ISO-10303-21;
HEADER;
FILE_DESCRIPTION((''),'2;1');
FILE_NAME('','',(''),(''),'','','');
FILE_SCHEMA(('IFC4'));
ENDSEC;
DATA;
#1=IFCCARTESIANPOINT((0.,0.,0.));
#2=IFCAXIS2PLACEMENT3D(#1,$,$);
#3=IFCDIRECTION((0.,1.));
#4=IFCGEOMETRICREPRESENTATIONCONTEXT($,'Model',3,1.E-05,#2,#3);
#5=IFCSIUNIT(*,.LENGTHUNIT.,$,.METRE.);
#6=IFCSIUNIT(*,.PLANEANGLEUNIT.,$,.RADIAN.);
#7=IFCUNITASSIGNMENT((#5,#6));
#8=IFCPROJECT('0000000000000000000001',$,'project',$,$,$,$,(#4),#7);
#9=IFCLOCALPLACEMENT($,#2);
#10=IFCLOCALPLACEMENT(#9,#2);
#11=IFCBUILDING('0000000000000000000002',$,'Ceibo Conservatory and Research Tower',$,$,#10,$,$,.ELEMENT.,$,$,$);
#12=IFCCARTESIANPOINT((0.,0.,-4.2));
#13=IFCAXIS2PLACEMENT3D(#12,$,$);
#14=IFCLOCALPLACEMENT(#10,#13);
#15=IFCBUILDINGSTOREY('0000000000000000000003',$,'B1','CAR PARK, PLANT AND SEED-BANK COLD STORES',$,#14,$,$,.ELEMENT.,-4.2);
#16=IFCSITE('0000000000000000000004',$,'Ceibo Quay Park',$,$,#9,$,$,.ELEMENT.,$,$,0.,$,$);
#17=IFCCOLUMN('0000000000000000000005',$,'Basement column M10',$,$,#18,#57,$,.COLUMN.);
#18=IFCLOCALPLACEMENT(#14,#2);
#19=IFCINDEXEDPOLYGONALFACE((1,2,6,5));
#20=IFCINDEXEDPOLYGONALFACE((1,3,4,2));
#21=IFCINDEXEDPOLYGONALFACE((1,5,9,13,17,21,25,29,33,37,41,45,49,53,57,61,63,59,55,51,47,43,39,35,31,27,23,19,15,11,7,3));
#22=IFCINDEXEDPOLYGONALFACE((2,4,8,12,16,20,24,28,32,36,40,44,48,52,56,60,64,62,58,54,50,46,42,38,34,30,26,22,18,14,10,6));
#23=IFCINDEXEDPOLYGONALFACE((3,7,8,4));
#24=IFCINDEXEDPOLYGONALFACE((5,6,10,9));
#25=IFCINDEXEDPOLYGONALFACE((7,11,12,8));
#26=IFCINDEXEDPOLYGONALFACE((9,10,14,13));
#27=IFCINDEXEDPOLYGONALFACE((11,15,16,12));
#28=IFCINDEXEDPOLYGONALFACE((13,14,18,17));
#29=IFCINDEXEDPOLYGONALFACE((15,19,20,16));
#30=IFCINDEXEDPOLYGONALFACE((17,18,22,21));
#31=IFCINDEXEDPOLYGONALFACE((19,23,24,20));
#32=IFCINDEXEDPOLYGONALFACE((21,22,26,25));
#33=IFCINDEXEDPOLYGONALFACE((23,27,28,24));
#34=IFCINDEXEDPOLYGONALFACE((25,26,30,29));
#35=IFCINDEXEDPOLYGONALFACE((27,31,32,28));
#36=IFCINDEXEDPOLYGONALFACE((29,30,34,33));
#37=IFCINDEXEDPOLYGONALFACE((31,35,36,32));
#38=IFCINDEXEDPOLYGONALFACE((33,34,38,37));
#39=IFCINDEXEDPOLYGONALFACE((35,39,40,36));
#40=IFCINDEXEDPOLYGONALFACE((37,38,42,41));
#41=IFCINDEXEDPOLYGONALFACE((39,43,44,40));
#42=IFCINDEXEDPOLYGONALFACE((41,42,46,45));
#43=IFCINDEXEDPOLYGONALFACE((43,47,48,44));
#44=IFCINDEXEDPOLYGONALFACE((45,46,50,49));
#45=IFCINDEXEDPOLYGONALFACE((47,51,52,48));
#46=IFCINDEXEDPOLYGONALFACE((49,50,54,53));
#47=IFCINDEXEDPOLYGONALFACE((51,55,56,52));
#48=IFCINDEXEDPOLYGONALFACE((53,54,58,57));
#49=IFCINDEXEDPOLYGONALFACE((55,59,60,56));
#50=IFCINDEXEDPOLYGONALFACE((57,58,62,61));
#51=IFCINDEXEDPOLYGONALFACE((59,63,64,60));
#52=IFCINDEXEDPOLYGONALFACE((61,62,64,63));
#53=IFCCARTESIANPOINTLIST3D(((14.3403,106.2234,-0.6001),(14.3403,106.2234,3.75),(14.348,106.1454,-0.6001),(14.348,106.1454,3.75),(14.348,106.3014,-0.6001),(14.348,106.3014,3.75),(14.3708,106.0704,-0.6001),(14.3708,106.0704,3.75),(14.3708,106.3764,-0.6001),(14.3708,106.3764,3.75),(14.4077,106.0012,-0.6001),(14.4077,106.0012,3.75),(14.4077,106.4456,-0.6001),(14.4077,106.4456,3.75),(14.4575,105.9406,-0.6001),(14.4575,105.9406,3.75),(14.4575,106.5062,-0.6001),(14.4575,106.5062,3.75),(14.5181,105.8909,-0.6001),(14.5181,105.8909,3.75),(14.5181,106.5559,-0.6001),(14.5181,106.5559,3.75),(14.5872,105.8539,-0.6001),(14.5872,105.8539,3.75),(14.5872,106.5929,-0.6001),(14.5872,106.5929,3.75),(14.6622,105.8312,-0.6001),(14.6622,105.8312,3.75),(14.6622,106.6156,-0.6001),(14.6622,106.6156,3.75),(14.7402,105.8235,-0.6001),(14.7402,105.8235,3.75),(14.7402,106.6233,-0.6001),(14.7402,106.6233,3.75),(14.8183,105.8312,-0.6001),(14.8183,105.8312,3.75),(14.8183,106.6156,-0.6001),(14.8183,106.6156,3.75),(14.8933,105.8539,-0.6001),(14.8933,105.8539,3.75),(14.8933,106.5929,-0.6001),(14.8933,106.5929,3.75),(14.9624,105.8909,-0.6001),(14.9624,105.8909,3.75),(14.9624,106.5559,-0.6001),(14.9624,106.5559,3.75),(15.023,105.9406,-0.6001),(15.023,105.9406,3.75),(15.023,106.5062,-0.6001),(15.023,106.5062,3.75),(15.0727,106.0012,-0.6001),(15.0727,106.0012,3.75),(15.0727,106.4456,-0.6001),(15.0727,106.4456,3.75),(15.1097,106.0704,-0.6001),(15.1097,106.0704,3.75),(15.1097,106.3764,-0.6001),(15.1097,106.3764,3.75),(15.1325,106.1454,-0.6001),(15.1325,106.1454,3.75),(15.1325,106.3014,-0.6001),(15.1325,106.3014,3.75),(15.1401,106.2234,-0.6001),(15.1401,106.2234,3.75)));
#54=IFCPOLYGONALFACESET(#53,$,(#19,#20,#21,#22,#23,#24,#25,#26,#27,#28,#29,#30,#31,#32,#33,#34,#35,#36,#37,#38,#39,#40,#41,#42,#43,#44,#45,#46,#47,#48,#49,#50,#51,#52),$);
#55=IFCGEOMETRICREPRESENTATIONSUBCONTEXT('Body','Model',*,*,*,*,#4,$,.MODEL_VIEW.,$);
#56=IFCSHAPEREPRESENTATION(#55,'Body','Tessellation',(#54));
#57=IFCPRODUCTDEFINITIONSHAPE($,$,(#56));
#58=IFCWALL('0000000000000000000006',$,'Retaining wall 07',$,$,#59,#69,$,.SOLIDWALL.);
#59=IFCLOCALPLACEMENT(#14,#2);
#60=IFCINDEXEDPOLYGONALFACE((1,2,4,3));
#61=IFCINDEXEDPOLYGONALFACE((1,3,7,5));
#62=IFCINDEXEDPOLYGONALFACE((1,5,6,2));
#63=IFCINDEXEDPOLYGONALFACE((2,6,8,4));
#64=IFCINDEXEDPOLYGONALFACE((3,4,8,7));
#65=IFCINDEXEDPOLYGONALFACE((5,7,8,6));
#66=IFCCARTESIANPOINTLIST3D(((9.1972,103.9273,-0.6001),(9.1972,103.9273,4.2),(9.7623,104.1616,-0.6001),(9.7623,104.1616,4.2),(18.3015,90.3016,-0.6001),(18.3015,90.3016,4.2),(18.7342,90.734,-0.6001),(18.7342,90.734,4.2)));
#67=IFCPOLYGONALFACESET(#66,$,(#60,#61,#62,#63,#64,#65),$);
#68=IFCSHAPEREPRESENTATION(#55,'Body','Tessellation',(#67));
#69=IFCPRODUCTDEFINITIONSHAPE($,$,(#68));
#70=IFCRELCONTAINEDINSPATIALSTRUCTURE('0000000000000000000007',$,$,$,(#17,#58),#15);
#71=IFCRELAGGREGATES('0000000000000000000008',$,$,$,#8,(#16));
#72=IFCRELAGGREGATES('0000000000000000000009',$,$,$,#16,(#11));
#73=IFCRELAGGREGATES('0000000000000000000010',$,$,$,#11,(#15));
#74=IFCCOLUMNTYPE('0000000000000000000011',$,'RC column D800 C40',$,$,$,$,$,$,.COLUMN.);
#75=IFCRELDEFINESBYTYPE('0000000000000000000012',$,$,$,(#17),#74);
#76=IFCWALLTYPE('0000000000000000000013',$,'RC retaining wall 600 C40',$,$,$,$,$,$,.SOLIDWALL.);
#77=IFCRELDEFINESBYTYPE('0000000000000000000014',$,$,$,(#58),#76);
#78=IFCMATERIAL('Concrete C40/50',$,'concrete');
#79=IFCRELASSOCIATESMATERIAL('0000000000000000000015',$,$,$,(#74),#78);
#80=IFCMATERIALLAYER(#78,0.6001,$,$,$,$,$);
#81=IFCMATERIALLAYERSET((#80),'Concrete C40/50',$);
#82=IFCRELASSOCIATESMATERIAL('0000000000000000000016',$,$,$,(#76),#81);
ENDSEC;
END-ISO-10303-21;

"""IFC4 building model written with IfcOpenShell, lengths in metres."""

from ifc_helpers import new_model, si_unit, direction, frame, origin, origin_2d, place, context, subcontext, project, spatial, polyline, circle, outline, extrude, material, layer, layer_set, material_profile, profile_set, type_object, element, save


model = new_model("IFC4")

# Units and contexts
model_context = context("Model", 3, precision=1e-05, world=origin(), true_north=direction((0.0, 1.0)))
body_context = subcontext(model_context, "Body", "Model", "MODEL_VIEW")
ifc_project = project(units=[si_unit("LENGTHUNIT", "METRE"), si_unit("PLANEANGLEUNIT", "RADIAN")], contexts=[model_context])

# Site, building, storey
site_placement = place(None, origin())
site = spatial("IfcSite", under=ifc_project, at=site_placement, Name="Ceibo Quay Park", CompositionType="ELEMENT", RefElevation=0.0)
building_placement = place(site_placement, origin())
building = spatial("IfcBuilding", under=site, at=building_placement, Name="Ceibo Conservatory and Research Tower", CompositionType="ELEMENT")
storey_placement = place(building_placement, frame((0.0, 0.0, -4.2)))
storey = spatial("IfcBuildingStorey", under=building, at=storey_placement, Name="B1", Description="CAR PARK, PLANT AND SEED-BANK COLD STORES", CompositionType="ELEMENT", Elevation=-4.2)

# Shared definitions
ifc_material_1 = material(Name="Concrete C40/50", Category="concrete")

# Column
ifc_material_profile_1 = material_profile(ifc_material_1, circle(Radius=0.3999, at=origin_2d()), Name="RC D800")
ifc_profile_set_1 = profile_set([ifc_material_profile_1], Name="Concrete C40/50")
column_type = type_object("IfcColumnType", Name="RC column D800 C40", PredefinedType="COLUMN", material=ifc_profile_set_1)
for number, where, z_axis, x_axis, name in (
    (1, (14.7402, 106.2234, -0.6001), (0.0, 0.0, 1.0), (1.0, 0.0, 0.0), "Basement column M10"),
):
    element("IfcColumn", number, at=place(storey_placement, frame(where, z_axis=z_axis, x_axis=x_axis)), inside=storey, type_object=column_type, Name=name, PredefinedType="COLUMN", context=body_context, shape_type="SweptSolid", body=[
        extrude(circle(Radius=0.3999, at=origin_2d()), origin(), (0.0, 0.0, 1.0), 4.3501),
    ])

# Wall
ifc_layer_1 = layer(ifc_material_1, 0.6001)
ifc_layer_set_1 = layer_set([ifc_layer_1], Name="Concrete C40/50")
wall_type = type_object("IfcWallType", Name="RC retaining wall 600 C40", PredefinedType="SOLIDWALL", material=ifc_layer_set_1)
wall_placement = place(storey_placement, frame((9.4797, 104.0444, -0.6001), z_axis=(0.0, 0.0, 1.0), x_axis=(0.555566, -0.831473, 0.0)))
element("IfcWall", 2, at=wall_placement, inside=storey, type_object=wall_type, Name="Retaining wall 07", PredefinedType="SOLIDWALL", context=body_context, shape_type="SweptSolid", body=[
    extrude(outline(polyline([(-0.0596, -0.3), (16.3279, -0.3), (16.2087, 0.3), (0.0596, 0.3), (-0.0596, -0.3)])), origin(), (0.0, 0.0, 1.0), 4.8),
])

save(model, "model.ifc")
